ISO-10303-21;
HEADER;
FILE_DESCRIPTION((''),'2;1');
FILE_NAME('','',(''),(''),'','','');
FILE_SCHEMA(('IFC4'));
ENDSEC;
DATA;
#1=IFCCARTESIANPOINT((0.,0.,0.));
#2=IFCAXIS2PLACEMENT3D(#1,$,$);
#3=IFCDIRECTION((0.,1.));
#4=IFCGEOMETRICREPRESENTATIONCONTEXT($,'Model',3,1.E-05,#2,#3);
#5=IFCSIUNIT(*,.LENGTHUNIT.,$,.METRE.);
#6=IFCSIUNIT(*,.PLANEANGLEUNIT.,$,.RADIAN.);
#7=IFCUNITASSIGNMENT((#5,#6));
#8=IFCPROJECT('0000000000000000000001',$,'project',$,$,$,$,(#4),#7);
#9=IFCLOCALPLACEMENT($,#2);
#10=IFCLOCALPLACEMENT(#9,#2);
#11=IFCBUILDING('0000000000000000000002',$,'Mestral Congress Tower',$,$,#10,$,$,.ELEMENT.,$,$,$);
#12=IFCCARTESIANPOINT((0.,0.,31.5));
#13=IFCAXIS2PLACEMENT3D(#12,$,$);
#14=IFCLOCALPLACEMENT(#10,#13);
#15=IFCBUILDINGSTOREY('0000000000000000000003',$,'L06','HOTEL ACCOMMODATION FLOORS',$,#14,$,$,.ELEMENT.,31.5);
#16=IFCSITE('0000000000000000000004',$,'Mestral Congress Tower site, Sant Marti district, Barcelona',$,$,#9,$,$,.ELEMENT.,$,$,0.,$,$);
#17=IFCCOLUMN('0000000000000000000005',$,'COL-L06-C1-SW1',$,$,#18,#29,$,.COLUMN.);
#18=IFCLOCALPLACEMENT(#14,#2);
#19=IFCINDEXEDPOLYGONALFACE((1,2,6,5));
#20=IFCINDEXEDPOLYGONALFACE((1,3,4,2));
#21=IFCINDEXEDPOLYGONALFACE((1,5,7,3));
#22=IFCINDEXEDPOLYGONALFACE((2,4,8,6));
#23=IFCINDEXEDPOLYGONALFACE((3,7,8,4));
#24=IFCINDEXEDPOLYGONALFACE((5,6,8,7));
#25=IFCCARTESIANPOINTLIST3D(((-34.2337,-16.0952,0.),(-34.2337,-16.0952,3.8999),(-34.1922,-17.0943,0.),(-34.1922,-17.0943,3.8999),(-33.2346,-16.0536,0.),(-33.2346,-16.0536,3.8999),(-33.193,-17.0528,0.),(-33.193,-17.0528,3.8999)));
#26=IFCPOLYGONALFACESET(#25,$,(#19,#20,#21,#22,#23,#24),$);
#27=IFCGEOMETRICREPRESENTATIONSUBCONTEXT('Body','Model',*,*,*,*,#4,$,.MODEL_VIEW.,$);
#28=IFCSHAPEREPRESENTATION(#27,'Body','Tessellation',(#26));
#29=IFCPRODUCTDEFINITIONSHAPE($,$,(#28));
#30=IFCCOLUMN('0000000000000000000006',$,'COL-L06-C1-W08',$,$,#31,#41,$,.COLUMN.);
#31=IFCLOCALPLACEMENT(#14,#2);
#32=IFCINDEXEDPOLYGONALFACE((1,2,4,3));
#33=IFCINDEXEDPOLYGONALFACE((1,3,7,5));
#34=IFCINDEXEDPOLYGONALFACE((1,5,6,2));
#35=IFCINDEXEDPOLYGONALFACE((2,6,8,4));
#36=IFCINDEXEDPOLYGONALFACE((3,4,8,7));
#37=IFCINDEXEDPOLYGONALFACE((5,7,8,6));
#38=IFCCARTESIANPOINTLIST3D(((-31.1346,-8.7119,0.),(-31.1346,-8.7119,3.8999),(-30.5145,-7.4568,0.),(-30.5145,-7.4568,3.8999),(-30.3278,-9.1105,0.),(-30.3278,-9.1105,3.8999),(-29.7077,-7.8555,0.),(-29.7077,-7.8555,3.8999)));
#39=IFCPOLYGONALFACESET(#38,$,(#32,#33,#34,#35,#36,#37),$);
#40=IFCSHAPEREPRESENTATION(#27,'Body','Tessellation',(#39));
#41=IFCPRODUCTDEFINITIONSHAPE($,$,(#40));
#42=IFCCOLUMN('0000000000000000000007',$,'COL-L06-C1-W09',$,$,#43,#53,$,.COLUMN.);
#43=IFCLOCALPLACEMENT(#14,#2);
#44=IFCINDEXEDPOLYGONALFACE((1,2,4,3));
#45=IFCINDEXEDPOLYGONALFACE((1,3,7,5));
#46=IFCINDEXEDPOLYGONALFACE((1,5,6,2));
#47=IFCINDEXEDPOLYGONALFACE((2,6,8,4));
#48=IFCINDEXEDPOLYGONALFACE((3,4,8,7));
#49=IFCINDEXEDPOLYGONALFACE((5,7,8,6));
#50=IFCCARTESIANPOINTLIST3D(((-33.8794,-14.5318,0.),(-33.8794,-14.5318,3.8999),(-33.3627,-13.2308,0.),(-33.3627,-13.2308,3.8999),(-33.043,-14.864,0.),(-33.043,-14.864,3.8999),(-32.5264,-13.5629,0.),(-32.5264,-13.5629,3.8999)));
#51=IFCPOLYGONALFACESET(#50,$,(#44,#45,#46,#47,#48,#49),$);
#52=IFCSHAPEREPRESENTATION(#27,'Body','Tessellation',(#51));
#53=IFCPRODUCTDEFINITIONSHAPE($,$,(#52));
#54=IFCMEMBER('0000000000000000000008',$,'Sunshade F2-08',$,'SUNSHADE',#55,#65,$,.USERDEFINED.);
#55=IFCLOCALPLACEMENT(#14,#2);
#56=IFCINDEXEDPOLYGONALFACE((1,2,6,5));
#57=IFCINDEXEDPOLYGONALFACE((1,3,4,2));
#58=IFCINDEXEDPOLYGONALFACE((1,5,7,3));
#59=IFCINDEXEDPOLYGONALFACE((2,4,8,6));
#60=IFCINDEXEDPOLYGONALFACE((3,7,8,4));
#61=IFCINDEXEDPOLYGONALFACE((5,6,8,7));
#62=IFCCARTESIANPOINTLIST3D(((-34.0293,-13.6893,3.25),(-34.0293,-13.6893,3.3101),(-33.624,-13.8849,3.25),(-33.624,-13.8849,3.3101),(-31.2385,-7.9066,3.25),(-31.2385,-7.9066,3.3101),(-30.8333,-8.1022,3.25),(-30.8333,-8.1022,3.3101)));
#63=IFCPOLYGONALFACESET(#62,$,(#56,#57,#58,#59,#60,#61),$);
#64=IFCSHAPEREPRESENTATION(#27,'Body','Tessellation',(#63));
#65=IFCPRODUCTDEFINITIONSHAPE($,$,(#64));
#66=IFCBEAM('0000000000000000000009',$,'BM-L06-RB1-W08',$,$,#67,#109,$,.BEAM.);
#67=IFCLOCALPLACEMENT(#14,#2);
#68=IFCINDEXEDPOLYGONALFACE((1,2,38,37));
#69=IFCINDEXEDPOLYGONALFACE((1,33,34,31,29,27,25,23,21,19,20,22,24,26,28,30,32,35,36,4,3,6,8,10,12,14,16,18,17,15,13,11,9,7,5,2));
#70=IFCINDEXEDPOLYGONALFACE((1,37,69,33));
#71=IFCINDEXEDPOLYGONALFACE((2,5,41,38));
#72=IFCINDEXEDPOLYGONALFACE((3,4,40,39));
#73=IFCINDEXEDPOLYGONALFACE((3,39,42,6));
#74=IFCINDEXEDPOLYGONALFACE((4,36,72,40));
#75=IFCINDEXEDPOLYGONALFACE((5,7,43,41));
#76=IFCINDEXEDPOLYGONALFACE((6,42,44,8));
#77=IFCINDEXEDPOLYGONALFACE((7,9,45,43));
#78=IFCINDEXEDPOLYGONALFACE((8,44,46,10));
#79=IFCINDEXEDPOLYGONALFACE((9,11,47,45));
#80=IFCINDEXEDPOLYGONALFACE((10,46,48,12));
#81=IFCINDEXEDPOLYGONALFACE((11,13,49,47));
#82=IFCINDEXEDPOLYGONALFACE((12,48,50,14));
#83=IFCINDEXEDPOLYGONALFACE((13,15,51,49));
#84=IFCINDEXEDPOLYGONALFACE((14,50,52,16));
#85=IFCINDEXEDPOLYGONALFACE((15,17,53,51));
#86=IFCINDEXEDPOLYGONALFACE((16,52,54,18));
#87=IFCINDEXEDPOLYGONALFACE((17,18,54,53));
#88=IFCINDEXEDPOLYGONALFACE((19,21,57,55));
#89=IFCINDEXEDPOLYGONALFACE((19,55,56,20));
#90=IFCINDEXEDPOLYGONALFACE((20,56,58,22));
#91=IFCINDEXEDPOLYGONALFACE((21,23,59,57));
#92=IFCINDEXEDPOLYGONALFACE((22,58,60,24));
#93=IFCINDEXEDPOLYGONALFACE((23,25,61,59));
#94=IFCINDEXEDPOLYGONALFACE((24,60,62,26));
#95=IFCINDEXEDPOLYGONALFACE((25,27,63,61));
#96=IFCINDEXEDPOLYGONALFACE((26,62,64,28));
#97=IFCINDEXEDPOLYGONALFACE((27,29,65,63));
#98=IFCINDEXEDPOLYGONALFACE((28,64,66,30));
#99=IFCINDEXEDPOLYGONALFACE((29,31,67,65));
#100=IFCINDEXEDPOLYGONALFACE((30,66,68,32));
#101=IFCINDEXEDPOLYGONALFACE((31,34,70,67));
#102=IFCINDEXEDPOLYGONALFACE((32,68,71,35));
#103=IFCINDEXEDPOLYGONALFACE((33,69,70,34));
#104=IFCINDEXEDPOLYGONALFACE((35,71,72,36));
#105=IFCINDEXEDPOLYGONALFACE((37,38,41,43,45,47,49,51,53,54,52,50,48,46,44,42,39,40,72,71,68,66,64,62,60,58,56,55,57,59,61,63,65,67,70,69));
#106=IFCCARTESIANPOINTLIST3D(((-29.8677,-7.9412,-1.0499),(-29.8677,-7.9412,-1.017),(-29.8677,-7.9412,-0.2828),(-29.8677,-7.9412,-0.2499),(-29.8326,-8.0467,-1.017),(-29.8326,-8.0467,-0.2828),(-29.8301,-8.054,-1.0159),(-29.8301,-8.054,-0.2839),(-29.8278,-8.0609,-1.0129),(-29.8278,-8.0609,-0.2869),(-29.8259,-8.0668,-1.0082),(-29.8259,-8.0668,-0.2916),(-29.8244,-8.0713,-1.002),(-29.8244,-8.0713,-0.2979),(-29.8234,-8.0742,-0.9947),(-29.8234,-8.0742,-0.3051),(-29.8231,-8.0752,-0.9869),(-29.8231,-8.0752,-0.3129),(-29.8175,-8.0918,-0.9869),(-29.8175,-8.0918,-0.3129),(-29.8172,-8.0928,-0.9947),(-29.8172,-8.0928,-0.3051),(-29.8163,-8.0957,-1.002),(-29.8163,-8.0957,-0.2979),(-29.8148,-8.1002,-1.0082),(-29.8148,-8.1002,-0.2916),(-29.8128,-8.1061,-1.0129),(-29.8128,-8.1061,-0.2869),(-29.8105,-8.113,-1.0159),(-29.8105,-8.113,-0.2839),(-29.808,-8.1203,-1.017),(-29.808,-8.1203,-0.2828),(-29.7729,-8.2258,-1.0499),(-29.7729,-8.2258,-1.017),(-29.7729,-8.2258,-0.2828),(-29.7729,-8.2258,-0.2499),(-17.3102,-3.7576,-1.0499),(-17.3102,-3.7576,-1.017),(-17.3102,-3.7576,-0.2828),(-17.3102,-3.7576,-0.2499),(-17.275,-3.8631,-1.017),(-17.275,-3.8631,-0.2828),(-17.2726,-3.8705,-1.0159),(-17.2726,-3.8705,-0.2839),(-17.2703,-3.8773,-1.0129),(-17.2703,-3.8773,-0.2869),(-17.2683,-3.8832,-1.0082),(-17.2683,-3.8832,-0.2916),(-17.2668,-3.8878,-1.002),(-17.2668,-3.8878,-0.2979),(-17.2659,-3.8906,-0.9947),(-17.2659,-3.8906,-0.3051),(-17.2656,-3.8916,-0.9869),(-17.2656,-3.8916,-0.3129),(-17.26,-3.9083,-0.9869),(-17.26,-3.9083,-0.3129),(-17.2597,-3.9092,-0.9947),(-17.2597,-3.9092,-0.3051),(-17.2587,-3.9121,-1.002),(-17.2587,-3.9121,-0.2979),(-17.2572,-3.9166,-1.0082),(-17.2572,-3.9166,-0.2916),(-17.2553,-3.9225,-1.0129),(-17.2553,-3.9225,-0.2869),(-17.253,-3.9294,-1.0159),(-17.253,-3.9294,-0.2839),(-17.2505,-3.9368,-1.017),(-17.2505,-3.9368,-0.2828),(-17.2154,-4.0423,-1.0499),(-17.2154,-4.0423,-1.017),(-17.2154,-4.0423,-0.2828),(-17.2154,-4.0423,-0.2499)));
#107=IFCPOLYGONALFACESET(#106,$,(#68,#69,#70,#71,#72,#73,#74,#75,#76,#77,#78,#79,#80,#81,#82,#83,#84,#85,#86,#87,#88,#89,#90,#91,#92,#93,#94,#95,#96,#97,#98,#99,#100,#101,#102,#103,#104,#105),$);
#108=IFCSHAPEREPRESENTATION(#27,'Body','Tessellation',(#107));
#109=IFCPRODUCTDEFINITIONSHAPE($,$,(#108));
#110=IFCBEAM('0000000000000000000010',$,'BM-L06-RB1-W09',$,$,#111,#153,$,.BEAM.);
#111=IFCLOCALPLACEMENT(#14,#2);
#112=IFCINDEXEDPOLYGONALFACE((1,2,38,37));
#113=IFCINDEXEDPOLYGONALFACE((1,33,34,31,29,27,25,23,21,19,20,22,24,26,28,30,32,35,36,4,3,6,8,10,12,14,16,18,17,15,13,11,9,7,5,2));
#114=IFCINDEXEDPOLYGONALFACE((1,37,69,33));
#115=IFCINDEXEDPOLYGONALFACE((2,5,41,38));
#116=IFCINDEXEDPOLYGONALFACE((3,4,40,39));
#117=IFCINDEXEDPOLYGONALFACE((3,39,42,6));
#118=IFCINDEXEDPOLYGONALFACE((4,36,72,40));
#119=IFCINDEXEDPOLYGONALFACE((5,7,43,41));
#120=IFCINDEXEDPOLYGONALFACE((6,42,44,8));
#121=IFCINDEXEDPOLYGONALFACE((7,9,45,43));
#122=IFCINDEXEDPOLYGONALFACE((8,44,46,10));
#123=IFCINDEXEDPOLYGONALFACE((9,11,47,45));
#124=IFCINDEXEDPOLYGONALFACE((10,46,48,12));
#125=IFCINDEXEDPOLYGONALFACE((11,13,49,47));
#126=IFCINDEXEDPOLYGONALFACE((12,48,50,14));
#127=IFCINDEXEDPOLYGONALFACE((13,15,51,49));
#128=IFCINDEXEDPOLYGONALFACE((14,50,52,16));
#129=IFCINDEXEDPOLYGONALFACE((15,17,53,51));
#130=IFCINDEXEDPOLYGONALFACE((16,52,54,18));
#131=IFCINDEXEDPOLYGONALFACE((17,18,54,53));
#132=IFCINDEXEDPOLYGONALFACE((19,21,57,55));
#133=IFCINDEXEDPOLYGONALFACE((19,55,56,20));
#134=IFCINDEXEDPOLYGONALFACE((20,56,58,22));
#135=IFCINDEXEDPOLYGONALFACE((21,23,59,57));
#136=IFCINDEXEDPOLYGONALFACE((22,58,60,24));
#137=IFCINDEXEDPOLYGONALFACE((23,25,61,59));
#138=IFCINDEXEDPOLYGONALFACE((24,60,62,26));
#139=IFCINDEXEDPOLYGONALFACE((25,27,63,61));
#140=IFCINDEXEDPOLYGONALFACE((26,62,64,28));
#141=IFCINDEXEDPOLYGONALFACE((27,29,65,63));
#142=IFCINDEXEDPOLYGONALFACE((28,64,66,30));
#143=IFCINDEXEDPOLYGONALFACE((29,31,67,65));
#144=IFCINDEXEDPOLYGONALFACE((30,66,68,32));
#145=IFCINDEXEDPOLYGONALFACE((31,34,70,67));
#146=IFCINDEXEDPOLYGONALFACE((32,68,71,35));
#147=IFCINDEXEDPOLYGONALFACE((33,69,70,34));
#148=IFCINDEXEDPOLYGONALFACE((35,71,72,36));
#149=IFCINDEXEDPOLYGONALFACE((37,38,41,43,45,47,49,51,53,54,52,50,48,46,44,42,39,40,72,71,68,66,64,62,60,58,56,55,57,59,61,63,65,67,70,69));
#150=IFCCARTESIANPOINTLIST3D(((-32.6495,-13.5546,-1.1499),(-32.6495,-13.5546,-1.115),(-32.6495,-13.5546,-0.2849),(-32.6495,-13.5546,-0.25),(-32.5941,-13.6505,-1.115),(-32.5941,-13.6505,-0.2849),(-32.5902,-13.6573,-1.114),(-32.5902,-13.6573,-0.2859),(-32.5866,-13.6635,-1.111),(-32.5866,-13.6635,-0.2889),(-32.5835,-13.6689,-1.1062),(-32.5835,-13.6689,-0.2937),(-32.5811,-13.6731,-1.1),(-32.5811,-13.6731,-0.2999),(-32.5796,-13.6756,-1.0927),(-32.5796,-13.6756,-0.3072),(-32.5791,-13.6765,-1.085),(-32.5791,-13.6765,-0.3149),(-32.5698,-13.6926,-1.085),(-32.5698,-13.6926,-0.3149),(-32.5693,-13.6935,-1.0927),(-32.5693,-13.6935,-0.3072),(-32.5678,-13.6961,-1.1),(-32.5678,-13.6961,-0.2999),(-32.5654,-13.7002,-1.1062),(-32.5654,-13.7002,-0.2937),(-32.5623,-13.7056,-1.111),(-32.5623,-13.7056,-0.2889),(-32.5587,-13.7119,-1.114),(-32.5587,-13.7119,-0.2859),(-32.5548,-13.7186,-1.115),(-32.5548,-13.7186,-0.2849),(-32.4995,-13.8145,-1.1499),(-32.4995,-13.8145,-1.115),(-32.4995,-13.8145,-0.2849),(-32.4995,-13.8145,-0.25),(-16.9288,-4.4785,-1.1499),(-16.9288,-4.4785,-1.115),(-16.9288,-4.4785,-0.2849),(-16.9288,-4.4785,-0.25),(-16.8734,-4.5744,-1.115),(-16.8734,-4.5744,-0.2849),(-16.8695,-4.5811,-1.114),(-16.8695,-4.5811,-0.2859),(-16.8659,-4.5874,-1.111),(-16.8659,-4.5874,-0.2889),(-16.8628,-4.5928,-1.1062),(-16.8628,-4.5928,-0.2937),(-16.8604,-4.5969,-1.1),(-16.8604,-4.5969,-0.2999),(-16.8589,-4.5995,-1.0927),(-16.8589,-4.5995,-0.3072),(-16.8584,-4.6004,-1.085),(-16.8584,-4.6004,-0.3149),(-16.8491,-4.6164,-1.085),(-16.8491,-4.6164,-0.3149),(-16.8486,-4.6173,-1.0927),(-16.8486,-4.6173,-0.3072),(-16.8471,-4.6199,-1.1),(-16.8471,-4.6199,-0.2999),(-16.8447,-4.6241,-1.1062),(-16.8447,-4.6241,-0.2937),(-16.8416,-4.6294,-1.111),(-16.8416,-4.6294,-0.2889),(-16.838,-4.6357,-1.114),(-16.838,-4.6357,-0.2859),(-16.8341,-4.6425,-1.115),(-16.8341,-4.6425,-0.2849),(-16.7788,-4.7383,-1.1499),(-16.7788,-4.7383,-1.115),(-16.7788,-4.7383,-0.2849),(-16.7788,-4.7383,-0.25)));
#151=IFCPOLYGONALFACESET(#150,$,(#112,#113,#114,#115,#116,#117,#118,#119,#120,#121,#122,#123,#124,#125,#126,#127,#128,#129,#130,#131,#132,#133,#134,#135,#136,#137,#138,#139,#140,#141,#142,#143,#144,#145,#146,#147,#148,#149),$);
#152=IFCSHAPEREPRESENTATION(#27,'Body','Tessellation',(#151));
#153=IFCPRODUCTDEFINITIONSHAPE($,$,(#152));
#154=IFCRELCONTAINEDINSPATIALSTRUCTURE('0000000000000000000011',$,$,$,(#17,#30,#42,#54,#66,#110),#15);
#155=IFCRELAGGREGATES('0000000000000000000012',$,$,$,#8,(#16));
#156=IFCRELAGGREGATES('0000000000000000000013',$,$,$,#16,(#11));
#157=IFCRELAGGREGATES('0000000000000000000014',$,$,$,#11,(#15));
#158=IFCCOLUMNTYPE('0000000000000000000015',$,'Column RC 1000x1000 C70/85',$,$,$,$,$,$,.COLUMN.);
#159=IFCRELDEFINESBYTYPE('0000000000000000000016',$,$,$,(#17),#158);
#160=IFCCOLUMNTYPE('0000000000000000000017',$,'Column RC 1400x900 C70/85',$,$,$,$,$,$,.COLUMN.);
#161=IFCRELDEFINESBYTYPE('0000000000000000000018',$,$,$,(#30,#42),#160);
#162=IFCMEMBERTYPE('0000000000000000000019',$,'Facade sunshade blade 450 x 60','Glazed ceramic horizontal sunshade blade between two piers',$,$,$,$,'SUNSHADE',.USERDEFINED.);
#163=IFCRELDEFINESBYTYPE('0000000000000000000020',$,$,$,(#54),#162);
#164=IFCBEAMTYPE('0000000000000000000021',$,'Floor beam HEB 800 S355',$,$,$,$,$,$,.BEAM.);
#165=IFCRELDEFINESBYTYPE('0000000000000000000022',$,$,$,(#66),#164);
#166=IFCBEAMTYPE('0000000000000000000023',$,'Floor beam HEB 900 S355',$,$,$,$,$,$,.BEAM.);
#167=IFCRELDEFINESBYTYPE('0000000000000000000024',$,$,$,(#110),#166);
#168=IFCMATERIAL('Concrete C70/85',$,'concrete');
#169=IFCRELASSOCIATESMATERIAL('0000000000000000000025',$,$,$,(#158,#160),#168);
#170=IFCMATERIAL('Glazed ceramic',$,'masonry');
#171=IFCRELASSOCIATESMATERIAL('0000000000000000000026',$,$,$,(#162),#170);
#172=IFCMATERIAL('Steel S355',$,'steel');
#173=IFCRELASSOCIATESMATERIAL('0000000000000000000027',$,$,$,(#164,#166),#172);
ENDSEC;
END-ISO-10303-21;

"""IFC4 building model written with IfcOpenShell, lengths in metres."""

from ifc_helpers import new_model, si_unit, direction, frame, origin, origin_2d, place, context, subcontext, project, spatial, rectangle, i_section, extrude, material, material_profile, profile_set, type_object, element, save


model = new_model("IFC4")

# Units and contexts
model_context = context("Model", 3, precision=1e-05, world=origin(), true_north=direction((0.0, 1.0)))
body_context = subcontext(model_context, "Body", "Model", "MODEL_VIEW")
ifc_project = project(units=[si_unit("LENGTHUNIT", "METRE"), si_unit("PLANEANGLEUNIT", "RADIAN")], contexts=[model_context])

# Site, building, storey
site_placement = place(None, origin())
site = spatial("IfcSite", under=ifc_project, at=site_placement, Name="Mestral Congress Tower site, Sant Marti district, Barcelona", CompositionType="ELEMENT", RefElevation=0.0)
building_placement = place(site_placement, origin())
building = spatial("IfcBuilding", under=site, at=building_placement, Name="Mestral Congress Tower", CompositionType="ELEMENT")
storey_placement = place(building_placement, frame((0.0, 0.0, 31.5)))
storey = spatial("IfcBuildingStorey", under=building, at=storey_placement, Name="L06", Description="HOTEL ACCOMMODATION FLOORS", CompositionType="ELEMENT", Elevation=31.5)

# Columns
ifc_material_1 = material(Name="Concrete C70/85", Category="concrete")
ifc_material_profile_1 = material_profile(ifc_material_1, rectangle(XDim=1.0, YDim=1.0, at=origin_2d()), Name="RC 1000x1000")
ifc_profile_set_1 = profile_set([ifc_material_profile_1], Name="Concrete C70/85")
column_type_1 = type_object("IfcColumnType", Name="Column RC 1000x1000 C70/85", PredefinedType="COLUMN", material=ifc_profile_set_1)
column_placement = place(storey_placement, frame((-33.7134, -16.574, 0.0), z_axis=(0.0, 0.0, 1.0), x_axis=(0.041583, -0.999135, 0.0)))
element("IfcColumn", 1, at=column_placement, inside=storey, type_object=column_type_1, Name="COL-L06-C1-SW1", PredefinedType="COLUMN", context=body_context, shape_type="SweptSolid", body=[
    extrude(rectangle(XDim=1.0, YDim=1.0, at=origin_2d()), origin(), (0.0, 0.0, 1.0), 3.8999),
])
ifc_material_profile_2 = material_profile(ifc_material_1, rectangle(XDim=1.3999, YDim=0.8999, at=origin_2d()), Name="RC 1400x900")
ifc_profile_set_2 = profile_set([ifc_material_profile_2], Name="Concrete C70/85")
column_type_2 = type_object("IfcColumnType", Name="Column RC 1400x900 C70/85", PredefinedType="COLUMN", material=ifc_profile_set_2)
for number, where, z_axis, x_axis, name in (
    (2, (-30.4211, -8.2837, 0.0), (0.0, 0.0, 1.0), (-0.442959, -0.896542, 0.0), "COL-L06-C1-W08"),
    (3, (-33.2029, -14.0474, 0.0), (0.0, 0.0, 1.0), (-0.36909, -0.929394, 0.0), "COL-L06-C1-W09"),
):
    element("IfcColumn", number, at=place(storey_placement, frame(where, z_axis=z_axis, x_axis=x_axis)), inside=storey, type_object=column_type_2, Name=name, PredefinedType="COLUMN", context=body_context, shape_type="SweptSolid", body=[
        extrude(rectangle(XDim=1.3999, YDim=0.8999, at=origin_2d()), origin(), (0.0, 0.0, 1.0), 3.8999),
    ])

# Member
ifc_material_2 = material(Name="Glazed ceramic", Category="masonry")
ifc_material_profile_3 = material_profile(ifc_material_2, rectangle(XDim=0.45, YDim=0.0601, at=origin_2d()), Name="Ceramic blade 450 x 60")
ifc_profile_set_3 = profile_set([ifc_material_profile_3], Name="Glazed ceramic")
member_type = type_object("IfcMemberType", Name="Facade sunshade blade 450 x 60", Description="Glazed ceramic horizontal sunshade blade between two piers", ElementType="SUNSHADE", PredefinedType="USERDEFINED", material=ifc_profile_set_3)
member_placement = place(storey_placement, frame((-31.0359, -8.0044, 3.28), z_axis=(-0.434637, -0.900606, 0.0), x_axis=(0.900606, -0.434637, 0.0)))
element("IfcMember", 4, at=member_placement, inside=storey, type_object=member_type, Name="Sunshade F2-08", ObjectType="SUNSHADE", PredefinedType="USERDEFINED", context=body_context, shape_type="SweptSolid", body=[
    extrude(rectangle(XDim=0.45, YDim=0.0601, at=origin_2d()), origin(), (0.0, 0.0, 1.0), 6.4209),
])

# Beams
ifc_material_3 = material(Name="Steel S355", Category="steel")
ifc_material_profile_4 = material_profile(ifc_material_3, i_section(OverallWidth=0.3, OverallDepth=0.8, WebThickness=0.0176, FlangeThickness=0.033, FilletRadius=0.03, at=origin_2d()), Name="HEB 800")
ifc_profile_set_4 = profile_set([ifc_material_profile_4], Name="Steel S355")
beam_type_1 = type_object("IfcBeamType", Name="Floor beam HEB 800 S355", PredefinedType="BEAM", material=ifc_profile_set_4)
beam_1_placement = place(storey_placement, frame((-29.8203, -8.0835, -0.6499), z_axis=(0.948735, 0.316073, 0.0), x_axis=(-0.316073, 0.948735, 0.0)))
element("IfcBeam", 5, at=beam_1_placement, inside=storey, type_object=beam_type_1, Name="BM-L06-RB1-W08", PredefinedType="BEAM", context=body_context, shape_type="SweptSolid", body=[
    extrude(i_section(OverallWidth=0.3, OverallDepth=0.8, WebThickness=0.0176, FlangeThickness=0.033, FilletRadius=0.03, at=origin_2d()), origin(), (0.0, 0.0, 1.0), 13.2361),
])
ifc_material_profile_5 = material_profile(ifc_material_3, i_section(OverallWidth=0.3, OverallDepth=0.8999, WebThickness=0.0186, FlangeThickness=0.0349, FilletRadius=0.03, at=origin_2d()), Name="HEB 900")
ifc_profile_set_5 = profile_set([ifc_material_profile_5], Name="Steel S355")
beam_type_2 = type_object("IfcBeamType", Name="Floor beam HEB 900 S355", PredefinedType="BEAM", material=ifc_profile_set_5)
beam_2_placement = place(storey_placement, frame((-32.5745, -13.6846, -0.7), z_axis=(0.86603, 0.499993, 0.0), x_axis=(-0.499993, 0.86603, 0.0)))
element("IfcBeam", 6, at=beam_2_placement, inside=storey, type_object=beam_type_2, Name="BM-L06-RB1-W09", PredefinedType="BEAM", context=body_context, shape_type="SweptSolid", body=[
    extrude(i_section(OverallWidth=0.3, OverallDepth=0.8999, WebThickness=0.0186, FlangeThickness=0.0349, FilletRadius=0.03, at=origin_2d()), origin(), (0.0, 0.0, 1.0), 18.1526),
])

save(model, "model.ifc")
